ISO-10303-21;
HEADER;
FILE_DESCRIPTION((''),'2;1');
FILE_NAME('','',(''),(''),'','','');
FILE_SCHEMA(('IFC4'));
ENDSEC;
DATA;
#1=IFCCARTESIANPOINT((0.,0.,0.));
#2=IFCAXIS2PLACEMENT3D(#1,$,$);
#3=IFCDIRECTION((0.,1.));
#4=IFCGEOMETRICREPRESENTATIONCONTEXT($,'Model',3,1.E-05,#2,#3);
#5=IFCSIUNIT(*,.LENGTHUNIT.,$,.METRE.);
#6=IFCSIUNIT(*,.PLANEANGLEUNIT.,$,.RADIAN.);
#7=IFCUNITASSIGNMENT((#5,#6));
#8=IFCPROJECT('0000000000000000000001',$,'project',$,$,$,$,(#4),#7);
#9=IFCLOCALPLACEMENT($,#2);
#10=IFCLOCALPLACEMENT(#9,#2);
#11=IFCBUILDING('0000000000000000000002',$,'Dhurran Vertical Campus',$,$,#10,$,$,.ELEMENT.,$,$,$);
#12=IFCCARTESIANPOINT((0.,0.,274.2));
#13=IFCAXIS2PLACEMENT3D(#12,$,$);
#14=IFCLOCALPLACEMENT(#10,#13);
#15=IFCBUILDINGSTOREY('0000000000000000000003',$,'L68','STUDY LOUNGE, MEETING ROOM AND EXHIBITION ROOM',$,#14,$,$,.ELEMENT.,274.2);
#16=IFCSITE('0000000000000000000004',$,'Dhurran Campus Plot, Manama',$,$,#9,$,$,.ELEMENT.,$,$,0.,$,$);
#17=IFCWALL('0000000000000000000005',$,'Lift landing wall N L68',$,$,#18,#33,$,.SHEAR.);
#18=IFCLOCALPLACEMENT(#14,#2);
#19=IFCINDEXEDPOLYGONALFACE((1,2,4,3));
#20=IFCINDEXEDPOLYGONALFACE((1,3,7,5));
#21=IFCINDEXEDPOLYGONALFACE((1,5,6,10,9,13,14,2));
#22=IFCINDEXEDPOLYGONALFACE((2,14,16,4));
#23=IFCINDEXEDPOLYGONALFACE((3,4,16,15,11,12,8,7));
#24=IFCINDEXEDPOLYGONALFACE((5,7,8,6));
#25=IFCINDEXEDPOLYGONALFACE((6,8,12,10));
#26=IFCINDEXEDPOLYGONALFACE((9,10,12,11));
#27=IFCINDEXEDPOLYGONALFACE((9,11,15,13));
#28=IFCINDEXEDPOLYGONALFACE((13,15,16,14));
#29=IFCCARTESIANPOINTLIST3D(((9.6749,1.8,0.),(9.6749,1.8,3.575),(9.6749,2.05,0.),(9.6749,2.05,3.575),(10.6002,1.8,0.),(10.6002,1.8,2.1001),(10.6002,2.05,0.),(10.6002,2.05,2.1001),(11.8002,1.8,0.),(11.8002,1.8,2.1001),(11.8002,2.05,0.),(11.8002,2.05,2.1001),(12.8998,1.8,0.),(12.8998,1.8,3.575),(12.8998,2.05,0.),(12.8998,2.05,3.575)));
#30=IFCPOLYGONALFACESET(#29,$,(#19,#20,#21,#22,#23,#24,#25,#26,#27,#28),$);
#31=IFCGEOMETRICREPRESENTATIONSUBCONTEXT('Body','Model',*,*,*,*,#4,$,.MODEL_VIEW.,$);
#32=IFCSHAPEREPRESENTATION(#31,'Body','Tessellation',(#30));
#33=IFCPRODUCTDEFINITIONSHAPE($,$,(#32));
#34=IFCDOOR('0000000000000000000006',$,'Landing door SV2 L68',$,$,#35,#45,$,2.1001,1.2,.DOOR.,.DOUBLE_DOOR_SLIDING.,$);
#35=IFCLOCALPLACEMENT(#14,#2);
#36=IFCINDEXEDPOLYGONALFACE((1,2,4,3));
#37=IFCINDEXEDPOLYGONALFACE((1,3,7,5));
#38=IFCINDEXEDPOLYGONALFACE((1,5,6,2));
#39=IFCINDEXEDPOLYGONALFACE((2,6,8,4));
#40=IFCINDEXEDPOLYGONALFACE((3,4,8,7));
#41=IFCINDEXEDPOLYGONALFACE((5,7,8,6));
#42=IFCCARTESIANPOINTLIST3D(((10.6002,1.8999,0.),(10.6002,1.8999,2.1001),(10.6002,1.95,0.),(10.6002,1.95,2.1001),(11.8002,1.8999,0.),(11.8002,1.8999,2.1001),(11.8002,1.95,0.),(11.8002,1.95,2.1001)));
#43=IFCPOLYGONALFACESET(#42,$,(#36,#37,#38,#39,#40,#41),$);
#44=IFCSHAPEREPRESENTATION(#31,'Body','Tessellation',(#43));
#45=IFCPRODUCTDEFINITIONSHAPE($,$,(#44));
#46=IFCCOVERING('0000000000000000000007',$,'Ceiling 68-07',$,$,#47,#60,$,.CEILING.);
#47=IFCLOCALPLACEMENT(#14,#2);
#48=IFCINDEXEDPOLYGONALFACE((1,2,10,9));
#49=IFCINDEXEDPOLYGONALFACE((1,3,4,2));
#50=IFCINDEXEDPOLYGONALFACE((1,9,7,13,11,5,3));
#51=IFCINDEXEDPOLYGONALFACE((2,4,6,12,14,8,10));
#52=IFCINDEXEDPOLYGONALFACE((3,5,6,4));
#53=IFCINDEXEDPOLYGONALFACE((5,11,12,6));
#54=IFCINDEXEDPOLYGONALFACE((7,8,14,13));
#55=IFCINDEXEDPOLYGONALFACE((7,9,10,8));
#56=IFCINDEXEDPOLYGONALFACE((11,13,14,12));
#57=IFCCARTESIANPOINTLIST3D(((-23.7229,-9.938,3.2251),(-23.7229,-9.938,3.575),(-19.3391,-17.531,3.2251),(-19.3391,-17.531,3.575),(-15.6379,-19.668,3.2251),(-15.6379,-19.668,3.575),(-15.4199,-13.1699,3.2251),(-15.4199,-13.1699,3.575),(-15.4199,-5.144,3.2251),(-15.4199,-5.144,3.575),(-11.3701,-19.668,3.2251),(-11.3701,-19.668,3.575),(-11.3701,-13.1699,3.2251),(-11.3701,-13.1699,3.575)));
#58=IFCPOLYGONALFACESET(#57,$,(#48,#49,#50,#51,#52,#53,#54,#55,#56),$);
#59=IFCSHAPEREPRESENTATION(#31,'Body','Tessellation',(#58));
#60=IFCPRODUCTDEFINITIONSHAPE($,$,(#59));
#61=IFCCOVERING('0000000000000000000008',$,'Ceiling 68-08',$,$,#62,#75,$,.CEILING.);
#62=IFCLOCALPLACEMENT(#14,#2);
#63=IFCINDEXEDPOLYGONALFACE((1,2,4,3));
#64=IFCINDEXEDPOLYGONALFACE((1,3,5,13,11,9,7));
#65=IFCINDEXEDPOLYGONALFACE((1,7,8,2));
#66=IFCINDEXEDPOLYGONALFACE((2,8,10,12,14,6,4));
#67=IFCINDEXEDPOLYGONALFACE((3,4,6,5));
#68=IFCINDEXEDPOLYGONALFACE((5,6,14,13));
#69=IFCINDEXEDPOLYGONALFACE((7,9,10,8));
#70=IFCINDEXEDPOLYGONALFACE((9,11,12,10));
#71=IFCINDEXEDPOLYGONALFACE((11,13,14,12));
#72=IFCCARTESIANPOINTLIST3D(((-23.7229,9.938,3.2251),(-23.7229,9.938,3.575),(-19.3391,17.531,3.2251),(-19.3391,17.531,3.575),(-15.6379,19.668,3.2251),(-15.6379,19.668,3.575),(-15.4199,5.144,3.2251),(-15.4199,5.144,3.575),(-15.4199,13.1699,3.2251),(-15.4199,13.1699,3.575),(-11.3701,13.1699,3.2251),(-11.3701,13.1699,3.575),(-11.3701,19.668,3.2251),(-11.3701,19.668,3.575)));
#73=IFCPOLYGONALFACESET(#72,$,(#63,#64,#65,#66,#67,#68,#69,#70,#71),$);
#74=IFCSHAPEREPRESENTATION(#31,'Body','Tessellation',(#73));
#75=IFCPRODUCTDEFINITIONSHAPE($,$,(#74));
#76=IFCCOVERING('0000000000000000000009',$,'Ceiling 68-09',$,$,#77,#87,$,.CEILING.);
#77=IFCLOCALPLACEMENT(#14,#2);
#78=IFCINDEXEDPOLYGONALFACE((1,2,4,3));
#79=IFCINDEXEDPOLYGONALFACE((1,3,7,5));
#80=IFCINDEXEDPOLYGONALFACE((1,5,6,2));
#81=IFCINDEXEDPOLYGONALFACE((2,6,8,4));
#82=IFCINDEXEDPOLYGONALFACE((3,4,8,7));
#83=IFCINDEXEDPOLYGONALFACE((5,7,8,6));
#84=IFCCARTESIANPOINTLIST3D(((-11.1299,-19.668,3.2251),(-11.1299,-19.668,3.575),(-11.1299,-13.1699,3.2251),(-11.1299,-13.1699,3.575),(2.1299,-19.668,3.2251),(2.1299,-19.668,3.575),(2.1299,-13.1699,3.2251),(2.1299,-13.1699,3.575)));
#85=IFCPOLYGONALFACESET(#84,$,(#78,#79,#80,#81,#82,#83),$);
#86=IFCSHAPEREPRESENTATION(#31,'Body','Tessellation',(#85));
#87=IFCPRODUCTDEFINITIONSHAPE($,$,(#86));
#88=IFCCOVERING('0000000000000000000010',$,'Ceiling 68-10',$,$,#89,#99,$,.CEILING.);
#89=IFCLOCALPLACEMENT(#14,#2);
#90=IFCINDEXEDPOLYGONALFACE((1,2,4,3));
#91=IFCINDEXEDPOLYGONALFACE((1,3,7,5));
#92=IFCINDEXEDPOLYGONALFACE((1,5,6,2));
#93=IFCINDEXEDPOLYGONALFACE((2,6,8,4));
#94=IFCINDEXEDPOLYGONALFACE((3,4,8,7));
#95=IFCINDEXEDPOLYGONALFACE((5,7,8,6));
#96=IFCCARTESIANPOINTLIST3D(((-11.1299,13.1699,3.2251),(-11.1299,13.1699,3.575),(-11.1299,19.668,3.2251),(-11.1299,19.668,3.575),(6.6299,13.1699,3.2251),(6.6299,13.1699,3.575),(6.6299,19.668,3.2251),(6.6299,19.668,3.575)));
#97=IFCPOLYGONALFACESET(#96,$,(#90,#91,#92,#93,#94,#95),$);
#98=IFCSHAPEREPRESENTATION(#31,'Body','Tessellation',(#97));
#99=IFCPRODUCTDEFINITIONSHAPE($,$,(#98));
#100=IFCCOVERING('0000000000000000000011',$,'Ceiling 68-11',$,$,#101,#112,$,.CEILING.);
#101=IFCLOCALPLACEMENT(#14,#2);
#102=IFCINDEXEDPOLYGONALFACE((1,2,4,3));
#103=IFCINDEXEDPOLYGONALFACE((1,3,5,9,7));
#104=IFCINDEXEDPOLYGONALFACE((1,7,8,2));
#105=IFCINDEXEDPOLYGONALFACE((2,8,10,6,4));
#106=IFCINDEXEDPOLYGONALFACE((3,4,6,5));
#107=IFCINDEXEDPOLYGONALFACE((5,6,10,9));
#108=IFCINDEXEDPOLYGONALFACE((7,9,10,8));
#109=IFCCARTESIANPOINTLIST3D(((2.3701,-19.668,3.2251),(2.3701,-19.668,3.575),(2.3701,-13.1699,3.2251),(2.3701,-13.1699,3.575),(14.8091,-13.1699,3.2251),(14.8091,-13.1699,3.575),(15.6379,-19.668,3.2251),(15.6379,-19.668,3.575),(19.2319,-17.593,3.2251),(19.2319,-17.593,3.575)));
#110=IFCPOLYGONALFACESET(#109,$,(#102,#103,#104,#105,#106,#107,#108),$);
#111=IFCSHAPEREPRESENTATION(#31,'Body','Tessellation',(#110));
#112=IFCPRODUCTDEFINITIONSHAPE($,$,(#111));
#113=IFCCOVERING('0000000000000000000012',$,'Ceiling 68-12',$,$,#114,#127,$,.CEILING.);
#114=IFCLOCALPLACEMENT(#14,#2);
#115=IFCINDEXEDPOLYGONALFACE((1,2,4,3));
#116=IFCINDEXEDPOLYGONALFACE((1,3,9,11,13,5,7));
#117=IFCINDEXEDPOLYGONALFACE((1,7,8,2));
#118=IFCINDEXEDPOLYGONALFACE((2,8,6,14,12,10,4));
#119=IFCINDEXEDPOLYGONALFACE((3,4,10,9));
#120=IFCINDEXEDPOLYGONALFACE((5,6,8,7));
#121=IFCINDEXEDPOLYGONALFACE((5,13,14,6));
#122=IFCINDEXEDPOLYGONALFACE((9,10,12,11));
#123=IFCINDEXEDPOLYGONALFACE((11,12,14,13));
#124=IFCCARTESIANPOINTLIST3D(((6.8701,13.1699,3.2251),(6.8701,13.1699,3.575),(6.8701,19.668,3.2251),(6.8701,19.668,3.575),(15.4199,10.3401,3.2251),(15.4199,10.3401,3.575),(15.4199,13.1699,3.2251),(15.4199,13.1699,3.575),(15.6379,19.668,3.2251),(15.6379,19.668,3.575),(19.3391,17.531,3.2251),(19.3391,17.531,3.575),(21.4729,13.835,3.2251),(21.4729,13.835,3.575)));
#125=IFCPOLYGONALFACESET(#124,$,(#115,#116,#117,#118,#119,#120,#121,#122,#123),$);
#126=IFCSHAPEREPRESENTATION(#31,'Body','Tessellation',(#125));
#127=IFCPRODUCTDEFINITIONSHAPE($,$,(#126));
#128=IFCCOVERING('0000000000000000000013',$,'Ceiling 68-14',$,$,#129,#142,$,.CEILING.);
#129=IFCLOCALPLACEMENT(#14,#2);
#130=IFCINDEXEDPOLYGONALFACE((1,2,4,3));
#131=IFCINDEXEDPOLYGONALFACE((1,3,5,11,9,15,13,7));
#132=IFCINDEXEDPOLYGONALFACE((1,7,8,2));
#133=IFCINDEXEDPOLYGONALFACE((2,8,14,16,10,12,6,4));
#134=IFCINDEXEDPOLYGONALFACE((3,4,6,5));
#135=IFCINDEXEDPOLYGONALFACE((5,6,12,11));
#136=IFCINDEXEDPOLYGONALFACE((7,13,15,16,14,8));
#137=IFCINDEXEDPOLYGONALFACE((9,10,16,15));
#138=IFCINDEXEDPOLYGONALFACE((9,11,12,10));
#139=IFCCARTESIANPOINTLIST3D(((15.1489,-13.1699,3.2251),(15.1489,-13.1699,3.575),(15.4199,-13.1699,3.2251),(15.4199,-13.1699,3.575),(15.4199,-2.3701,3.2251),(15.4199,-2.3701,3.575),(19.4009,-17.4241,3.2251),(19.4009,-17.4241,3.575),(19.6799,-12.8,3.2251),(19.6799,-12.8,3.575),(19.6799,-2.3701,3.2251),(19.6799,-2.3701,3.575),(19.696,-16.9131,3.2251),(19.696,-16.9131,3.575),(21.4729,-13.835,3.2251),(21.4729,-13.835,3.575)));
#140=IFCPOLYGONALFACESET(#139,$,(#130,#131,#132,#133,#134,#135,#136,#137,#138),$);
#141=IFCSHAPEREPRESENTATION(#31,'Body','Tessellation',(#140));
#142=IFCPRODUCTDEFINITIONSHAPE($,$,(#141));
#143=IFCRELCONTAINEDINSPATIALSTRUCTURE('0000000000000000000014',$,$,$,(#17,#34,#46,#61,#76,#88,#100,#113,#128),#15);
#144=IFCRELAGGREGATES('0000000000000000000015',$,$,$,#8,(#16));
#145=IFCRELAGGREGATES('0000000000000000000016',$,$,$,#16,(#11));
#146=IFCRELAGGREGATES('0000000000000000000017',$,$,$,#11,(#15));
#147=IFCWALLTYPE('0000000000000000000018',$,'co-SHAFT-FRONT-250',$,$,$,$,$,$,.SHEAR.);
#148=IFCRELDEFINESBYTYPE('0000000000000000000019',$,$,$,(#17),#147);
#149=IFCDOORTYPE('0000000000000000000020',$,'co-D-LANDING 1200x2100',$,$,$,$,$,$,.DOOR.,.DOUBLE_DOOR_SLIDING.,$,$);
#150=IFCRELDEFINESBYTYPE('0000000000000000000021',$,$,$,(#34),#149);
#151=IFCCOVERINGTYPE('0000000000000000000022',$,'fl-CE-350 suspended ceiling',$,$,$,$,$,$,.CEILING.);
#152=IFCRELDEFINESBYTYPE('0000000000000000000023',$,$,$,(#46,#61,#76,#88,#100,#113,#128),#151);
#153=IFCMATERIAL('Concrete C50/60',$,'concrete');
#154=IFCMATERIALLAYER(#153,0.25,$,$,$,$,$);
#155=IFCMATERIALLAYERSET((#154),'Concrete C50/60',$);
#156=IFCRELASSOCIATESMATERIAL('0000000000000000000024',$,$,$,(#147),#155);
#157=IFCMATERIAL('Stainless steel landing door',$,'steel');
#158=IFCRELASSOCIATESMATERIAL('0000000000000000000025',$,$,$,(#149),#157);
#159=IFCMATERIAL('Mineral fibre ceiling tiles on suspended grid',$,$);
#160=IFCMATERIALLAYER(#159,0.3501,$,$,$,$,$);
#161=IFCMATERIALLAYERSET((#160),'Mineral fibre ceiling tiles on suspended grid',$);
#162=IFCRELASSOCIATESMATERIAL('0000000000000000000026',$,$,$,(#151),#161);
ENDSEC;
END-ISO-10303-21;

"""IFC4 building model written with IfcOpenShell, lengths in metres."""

from ifc_helpers import new_model, si_unit, direction, frame, frame_2d, origin, place, context, subcontext, project, spatial, polyline, rectangle, outline, extrude, material, layer, layer_set, type_object, element, fill, save


model = new_model("IFC4")

# Units and contexts
model_context = context("Model", 3, precision=1e-05, world=origin(), true_north=direction((0.0, 1.0)))
body_context = subcontext(model_context, "Body", "Model", "MODEL_VIEW")
ifc_project = project(units=[si_unit("LENGTHUNIT", "METRE"), si_unit("PLANEANGLEUNIT", "RADIAN")], contexts=[model_context])

# Site, building, storey
site_placement = place(None, origin())
site = spatial("IfcSite", under=ifc_project, at=site_placement, Name="Dhurran Campus Plot, Manama", CompositionType="ELEMENT", RefElevation=0.0)
building_placement = place(site_placement, origin())
building = spatial("IfcBuilding", under=site, at=building_placement, Name="Dhurran Vertical Campus", CompositionType="ELEMENT")
storey_placement = place(building_placement, frame((0.0, 0.0, 274.2)))
storey = spatial("IfcBuildingStorey", under=building, at=storey_placement, Name="L68", Description="STUDY LOUNGE, MEETING ROOM AND EXHIBITION ROOM", CompositionType="ELEMENT", Elevation=274.2)

# Shared definitions
ifc_material_1 = material(Name="Concrete C50/60", Category="concrete")
ifc_layer_1 = layer(ifc_material_1, 0.25)
ifc_layer_set_1 = layer_set([ifc_layer_1], Name="Concrete C50/60")
wall_type_1 = type_object("IfcWallType", Name="co-SHAFT-FRONT-250", PredefinedType="SHEAR", material=ifc_layer_set_1)
ifc_material_2 = material(Name="Stainless steel landing door", Category="steel")
door_type_1 = type_object("IfcDoorType", Name="co-D-LANDING 1200x2100", OperationType="DOUBLE_DOOR_SLIDING", PredefinedType="DOOR", material=ifc_material_2)

# Wall, opening, door
wall_1_placement = place(storey_placement, frame((9.675, 1.925, 0.0), z_axis=(0.0, 0.0, 1.0), x_axis=(1.0, 0.0, 0.0)))
wall_1 = element("IfcWall", 1, at=wall_1_placement, inside=storey, type_object=wall_type_1, Name="Lift landing wall N L68", PredefinedType="SHEAR", context=body_context, shape_type="SweptSolid", body=[
    extrude(rectangle(XDim=3.2249, YDim=0.25, at=frame_2d((1.6123, 0.0))), origin(), (0.0, 0.0, 1.0), 3.575),
])
opening_1_placement = place(wall_1_placement, frame((0.925, 0.0, 0.0)))
opening_1 = element("IfcOpeningElement", 2, at=opening_1_placement, cuts=wall_1, PredefinedType="OPENING", context=body_context, shape_type="SweptSolid", body=[
    extrude(rectangle(XDim=1.2, YDim=2.1001, at=frame_2d((0.6001, 1.05))), frame((0.0, 0.135, 0.0), z_axis=(0.0, -1.0, 0.0), x_axis=(1.0, 0.0, 0.0)), (0.0, 0.0, 1.0), 0.27),
])
door_1_placement = place(opening_1_placement, origin())
door_1 = element("IfcDoor", 3, at=door_1_placement, inside=storey, type_object=door_type_1, Name="Landing door SV2 L68", OperationType="DOUBLE_DOOR_SLIDING", OverallHeight=2.1001, OverallWidth=1.2, PredefinedType="DOOR", context=body_context, shape_type="SweptSolid", body=[
    extrude(rectangle(XDim=1.2, YDim=2.1001, at=frame_2d((0.6001, 1.05))), frame((0.0, 0.0249, 0.0), z_axis=(0.0, -1.0, 0.0), x_axis=(1.0, 0.0, 0.0)), (0.0, 0.0, 1.0), 0.05),
])
fill(opening_1, door_1)

# Coverings
ifc_material_3 = material(Name="Mineral fibre ceiling tiles on suspended grid")
ifc_layer_2 = layer(ifc_material_3, 0.3501)
ifc_layer_set_2 = layer_set([ifc_layer_2], Name="Mineral fibre ceiling tiles on suspended grid")
covering_type = type_object("IfcCoveringType", Name="fl-CE-350 suspended ceiling", PredefinedType="CEILING", material=ifc_layer_set_2)
covering_1_placement = place(storey_placement, frame((0.0, 0.0, 3.2251)))
element("IfcCovering", 4, at=covering_1_placement, inside=storey, type_object=covering_type, Name="Ceiling 68-07", PredefinedType="CEILING", context=body_context, shape_type="SweptSolid", body=[
    extrude(outline(polyline([(-15.6379, -19.668), (-19.3391, -17.531), (-23.7229, -9.938), (-15.4199, -5.144), (-15.4199, -13.1699), (-11.3701, -13.1699), (-11.3701, -19.668), (-15.6379, -19.668)])), origin(), (0.0, 0.0, 1.0), 0.3499),
])
covering_2_placement = place(storey_placement, frame((0.0, 0.0, 3.2251)))
element("IfcCovering", 5, at=covering_2_placement, inside=storey, type_object=covering_type, Name="Ceiling 68-08", PredefinedType="CEILING", context=body_context, shape_type="SweptSolid", body=[
    extrude(outline(polyline([(-23.7229, 9.938), (-19.3391, 17.531), (-15.6379, 19.668), (-11.3701, 19.668), (-11.3701, 13.1699), (-15.4199, 13.1699), (-15.4199, 5.144), (-23.7229, 9.938)])), origin(), (0.0, 0.0, 1.0), 0.3499),
])
covering_3_placement = place(storey_placement, frame((0.0, 0.0, 3.2251)))
element("IfcCovering", 6, at=covering_3_placement, inside=storey, type_object=covering_type, Name="Ceiling 68-09", PredefinedType="CEILING", context=body_context, shape_type="SweptSolid", body=[
    extrude(outline(polyline([(2.1299, -19.668), (-11.1299, -19.668), (-11.1299, -13.1699), (2.1299, -13.1699), (2.1299, -19.668)])), origin(), (0.0, 0.0, 1.0), 0.3499),
])
covering_4_placement = place(storey_placement, frame((0.0, 0.0, 3.2251)))
element("IfcCovering", 7, at=covering_4_placement, inside=storey, type_object=covering_type, Name="Ceiling 68-10", PredefinedType="CEILING", context=body_context, shape_type="SweptSolid", body=[
    extrude(outline(polyline([(-11.1299, 19.668), (6.6299, 19.668), (6.6299, 13.1699), (-11.1299, 13.1699), (-11.1299, 19.668)])), origin(), (0.0, 0.0, 1.0), 0.3499),
])
covering_5_placement = place(storey_placement, frame((0.0, 0.0, 3.2251)))
element("IfcCovering", 8, at=covering_5_placement, inside=storey, type_object=covering_type, Name="Ceiling 68-11", PredefinedType="CEILING", context=body_context, shape_type="SweptSolid", body=[
    extrude(outline(polyline([(19.2319, -17.593), (15.6379, -19.668), (2.3701, -19.668), (2.3701, -13.1699), (14.8091, -13.1699), (19.2319, -17.593)])), origin(), (0.0, 0.0, 1.0), 0.3499),
])
covering_6_placement = place(storey_placement, frame((0.0, 0.0, 3.2251)))
element("IfcCovering", 9, at=covering_6_placement, inside=storey, type_object=covering_type, Name="Ceiling 68-12", PredefinedType="CEILING", context=body_context, shape_type="SweptSolid", body=[
    extrude(outline(polyline([(6.8701, 19.668), (15.6379, 19.668), (19.3391, 17.531), (21.4729, 13.835), (15.4199, 10.3401), (15.4199, 13.1699), (6.8701, 13.1699), (6.8701, 19.668)])), origin(), (0.0, 0.0, 1.0), 0.3499),
])
covering_7_placement = place(storey_placement, frame((0.0, 0.0, 3.2251)))
element("IfcCovering", 10, at=covering_7_placement, inside=storey, type_object=covering_type, Name="Ceiling 68-14", PredefinedType="CEILING", context=body_context, shape_type="SweptSolid", body=[
    extrude(outline(polyline([(19.696, -16.9131), (19.4009, -17.4241), (15.1489, -13.1699), (15.4199, -13.1699), (15.4199, -2.3701), (19.6799, -2.3701), (19.6799, -12.8), (21.4729, -13.835), (19.696, -16.9131)])), origin(), (0.0, 0.0, 1.0), 0.3499),
])

save(model, "model.ifc")
